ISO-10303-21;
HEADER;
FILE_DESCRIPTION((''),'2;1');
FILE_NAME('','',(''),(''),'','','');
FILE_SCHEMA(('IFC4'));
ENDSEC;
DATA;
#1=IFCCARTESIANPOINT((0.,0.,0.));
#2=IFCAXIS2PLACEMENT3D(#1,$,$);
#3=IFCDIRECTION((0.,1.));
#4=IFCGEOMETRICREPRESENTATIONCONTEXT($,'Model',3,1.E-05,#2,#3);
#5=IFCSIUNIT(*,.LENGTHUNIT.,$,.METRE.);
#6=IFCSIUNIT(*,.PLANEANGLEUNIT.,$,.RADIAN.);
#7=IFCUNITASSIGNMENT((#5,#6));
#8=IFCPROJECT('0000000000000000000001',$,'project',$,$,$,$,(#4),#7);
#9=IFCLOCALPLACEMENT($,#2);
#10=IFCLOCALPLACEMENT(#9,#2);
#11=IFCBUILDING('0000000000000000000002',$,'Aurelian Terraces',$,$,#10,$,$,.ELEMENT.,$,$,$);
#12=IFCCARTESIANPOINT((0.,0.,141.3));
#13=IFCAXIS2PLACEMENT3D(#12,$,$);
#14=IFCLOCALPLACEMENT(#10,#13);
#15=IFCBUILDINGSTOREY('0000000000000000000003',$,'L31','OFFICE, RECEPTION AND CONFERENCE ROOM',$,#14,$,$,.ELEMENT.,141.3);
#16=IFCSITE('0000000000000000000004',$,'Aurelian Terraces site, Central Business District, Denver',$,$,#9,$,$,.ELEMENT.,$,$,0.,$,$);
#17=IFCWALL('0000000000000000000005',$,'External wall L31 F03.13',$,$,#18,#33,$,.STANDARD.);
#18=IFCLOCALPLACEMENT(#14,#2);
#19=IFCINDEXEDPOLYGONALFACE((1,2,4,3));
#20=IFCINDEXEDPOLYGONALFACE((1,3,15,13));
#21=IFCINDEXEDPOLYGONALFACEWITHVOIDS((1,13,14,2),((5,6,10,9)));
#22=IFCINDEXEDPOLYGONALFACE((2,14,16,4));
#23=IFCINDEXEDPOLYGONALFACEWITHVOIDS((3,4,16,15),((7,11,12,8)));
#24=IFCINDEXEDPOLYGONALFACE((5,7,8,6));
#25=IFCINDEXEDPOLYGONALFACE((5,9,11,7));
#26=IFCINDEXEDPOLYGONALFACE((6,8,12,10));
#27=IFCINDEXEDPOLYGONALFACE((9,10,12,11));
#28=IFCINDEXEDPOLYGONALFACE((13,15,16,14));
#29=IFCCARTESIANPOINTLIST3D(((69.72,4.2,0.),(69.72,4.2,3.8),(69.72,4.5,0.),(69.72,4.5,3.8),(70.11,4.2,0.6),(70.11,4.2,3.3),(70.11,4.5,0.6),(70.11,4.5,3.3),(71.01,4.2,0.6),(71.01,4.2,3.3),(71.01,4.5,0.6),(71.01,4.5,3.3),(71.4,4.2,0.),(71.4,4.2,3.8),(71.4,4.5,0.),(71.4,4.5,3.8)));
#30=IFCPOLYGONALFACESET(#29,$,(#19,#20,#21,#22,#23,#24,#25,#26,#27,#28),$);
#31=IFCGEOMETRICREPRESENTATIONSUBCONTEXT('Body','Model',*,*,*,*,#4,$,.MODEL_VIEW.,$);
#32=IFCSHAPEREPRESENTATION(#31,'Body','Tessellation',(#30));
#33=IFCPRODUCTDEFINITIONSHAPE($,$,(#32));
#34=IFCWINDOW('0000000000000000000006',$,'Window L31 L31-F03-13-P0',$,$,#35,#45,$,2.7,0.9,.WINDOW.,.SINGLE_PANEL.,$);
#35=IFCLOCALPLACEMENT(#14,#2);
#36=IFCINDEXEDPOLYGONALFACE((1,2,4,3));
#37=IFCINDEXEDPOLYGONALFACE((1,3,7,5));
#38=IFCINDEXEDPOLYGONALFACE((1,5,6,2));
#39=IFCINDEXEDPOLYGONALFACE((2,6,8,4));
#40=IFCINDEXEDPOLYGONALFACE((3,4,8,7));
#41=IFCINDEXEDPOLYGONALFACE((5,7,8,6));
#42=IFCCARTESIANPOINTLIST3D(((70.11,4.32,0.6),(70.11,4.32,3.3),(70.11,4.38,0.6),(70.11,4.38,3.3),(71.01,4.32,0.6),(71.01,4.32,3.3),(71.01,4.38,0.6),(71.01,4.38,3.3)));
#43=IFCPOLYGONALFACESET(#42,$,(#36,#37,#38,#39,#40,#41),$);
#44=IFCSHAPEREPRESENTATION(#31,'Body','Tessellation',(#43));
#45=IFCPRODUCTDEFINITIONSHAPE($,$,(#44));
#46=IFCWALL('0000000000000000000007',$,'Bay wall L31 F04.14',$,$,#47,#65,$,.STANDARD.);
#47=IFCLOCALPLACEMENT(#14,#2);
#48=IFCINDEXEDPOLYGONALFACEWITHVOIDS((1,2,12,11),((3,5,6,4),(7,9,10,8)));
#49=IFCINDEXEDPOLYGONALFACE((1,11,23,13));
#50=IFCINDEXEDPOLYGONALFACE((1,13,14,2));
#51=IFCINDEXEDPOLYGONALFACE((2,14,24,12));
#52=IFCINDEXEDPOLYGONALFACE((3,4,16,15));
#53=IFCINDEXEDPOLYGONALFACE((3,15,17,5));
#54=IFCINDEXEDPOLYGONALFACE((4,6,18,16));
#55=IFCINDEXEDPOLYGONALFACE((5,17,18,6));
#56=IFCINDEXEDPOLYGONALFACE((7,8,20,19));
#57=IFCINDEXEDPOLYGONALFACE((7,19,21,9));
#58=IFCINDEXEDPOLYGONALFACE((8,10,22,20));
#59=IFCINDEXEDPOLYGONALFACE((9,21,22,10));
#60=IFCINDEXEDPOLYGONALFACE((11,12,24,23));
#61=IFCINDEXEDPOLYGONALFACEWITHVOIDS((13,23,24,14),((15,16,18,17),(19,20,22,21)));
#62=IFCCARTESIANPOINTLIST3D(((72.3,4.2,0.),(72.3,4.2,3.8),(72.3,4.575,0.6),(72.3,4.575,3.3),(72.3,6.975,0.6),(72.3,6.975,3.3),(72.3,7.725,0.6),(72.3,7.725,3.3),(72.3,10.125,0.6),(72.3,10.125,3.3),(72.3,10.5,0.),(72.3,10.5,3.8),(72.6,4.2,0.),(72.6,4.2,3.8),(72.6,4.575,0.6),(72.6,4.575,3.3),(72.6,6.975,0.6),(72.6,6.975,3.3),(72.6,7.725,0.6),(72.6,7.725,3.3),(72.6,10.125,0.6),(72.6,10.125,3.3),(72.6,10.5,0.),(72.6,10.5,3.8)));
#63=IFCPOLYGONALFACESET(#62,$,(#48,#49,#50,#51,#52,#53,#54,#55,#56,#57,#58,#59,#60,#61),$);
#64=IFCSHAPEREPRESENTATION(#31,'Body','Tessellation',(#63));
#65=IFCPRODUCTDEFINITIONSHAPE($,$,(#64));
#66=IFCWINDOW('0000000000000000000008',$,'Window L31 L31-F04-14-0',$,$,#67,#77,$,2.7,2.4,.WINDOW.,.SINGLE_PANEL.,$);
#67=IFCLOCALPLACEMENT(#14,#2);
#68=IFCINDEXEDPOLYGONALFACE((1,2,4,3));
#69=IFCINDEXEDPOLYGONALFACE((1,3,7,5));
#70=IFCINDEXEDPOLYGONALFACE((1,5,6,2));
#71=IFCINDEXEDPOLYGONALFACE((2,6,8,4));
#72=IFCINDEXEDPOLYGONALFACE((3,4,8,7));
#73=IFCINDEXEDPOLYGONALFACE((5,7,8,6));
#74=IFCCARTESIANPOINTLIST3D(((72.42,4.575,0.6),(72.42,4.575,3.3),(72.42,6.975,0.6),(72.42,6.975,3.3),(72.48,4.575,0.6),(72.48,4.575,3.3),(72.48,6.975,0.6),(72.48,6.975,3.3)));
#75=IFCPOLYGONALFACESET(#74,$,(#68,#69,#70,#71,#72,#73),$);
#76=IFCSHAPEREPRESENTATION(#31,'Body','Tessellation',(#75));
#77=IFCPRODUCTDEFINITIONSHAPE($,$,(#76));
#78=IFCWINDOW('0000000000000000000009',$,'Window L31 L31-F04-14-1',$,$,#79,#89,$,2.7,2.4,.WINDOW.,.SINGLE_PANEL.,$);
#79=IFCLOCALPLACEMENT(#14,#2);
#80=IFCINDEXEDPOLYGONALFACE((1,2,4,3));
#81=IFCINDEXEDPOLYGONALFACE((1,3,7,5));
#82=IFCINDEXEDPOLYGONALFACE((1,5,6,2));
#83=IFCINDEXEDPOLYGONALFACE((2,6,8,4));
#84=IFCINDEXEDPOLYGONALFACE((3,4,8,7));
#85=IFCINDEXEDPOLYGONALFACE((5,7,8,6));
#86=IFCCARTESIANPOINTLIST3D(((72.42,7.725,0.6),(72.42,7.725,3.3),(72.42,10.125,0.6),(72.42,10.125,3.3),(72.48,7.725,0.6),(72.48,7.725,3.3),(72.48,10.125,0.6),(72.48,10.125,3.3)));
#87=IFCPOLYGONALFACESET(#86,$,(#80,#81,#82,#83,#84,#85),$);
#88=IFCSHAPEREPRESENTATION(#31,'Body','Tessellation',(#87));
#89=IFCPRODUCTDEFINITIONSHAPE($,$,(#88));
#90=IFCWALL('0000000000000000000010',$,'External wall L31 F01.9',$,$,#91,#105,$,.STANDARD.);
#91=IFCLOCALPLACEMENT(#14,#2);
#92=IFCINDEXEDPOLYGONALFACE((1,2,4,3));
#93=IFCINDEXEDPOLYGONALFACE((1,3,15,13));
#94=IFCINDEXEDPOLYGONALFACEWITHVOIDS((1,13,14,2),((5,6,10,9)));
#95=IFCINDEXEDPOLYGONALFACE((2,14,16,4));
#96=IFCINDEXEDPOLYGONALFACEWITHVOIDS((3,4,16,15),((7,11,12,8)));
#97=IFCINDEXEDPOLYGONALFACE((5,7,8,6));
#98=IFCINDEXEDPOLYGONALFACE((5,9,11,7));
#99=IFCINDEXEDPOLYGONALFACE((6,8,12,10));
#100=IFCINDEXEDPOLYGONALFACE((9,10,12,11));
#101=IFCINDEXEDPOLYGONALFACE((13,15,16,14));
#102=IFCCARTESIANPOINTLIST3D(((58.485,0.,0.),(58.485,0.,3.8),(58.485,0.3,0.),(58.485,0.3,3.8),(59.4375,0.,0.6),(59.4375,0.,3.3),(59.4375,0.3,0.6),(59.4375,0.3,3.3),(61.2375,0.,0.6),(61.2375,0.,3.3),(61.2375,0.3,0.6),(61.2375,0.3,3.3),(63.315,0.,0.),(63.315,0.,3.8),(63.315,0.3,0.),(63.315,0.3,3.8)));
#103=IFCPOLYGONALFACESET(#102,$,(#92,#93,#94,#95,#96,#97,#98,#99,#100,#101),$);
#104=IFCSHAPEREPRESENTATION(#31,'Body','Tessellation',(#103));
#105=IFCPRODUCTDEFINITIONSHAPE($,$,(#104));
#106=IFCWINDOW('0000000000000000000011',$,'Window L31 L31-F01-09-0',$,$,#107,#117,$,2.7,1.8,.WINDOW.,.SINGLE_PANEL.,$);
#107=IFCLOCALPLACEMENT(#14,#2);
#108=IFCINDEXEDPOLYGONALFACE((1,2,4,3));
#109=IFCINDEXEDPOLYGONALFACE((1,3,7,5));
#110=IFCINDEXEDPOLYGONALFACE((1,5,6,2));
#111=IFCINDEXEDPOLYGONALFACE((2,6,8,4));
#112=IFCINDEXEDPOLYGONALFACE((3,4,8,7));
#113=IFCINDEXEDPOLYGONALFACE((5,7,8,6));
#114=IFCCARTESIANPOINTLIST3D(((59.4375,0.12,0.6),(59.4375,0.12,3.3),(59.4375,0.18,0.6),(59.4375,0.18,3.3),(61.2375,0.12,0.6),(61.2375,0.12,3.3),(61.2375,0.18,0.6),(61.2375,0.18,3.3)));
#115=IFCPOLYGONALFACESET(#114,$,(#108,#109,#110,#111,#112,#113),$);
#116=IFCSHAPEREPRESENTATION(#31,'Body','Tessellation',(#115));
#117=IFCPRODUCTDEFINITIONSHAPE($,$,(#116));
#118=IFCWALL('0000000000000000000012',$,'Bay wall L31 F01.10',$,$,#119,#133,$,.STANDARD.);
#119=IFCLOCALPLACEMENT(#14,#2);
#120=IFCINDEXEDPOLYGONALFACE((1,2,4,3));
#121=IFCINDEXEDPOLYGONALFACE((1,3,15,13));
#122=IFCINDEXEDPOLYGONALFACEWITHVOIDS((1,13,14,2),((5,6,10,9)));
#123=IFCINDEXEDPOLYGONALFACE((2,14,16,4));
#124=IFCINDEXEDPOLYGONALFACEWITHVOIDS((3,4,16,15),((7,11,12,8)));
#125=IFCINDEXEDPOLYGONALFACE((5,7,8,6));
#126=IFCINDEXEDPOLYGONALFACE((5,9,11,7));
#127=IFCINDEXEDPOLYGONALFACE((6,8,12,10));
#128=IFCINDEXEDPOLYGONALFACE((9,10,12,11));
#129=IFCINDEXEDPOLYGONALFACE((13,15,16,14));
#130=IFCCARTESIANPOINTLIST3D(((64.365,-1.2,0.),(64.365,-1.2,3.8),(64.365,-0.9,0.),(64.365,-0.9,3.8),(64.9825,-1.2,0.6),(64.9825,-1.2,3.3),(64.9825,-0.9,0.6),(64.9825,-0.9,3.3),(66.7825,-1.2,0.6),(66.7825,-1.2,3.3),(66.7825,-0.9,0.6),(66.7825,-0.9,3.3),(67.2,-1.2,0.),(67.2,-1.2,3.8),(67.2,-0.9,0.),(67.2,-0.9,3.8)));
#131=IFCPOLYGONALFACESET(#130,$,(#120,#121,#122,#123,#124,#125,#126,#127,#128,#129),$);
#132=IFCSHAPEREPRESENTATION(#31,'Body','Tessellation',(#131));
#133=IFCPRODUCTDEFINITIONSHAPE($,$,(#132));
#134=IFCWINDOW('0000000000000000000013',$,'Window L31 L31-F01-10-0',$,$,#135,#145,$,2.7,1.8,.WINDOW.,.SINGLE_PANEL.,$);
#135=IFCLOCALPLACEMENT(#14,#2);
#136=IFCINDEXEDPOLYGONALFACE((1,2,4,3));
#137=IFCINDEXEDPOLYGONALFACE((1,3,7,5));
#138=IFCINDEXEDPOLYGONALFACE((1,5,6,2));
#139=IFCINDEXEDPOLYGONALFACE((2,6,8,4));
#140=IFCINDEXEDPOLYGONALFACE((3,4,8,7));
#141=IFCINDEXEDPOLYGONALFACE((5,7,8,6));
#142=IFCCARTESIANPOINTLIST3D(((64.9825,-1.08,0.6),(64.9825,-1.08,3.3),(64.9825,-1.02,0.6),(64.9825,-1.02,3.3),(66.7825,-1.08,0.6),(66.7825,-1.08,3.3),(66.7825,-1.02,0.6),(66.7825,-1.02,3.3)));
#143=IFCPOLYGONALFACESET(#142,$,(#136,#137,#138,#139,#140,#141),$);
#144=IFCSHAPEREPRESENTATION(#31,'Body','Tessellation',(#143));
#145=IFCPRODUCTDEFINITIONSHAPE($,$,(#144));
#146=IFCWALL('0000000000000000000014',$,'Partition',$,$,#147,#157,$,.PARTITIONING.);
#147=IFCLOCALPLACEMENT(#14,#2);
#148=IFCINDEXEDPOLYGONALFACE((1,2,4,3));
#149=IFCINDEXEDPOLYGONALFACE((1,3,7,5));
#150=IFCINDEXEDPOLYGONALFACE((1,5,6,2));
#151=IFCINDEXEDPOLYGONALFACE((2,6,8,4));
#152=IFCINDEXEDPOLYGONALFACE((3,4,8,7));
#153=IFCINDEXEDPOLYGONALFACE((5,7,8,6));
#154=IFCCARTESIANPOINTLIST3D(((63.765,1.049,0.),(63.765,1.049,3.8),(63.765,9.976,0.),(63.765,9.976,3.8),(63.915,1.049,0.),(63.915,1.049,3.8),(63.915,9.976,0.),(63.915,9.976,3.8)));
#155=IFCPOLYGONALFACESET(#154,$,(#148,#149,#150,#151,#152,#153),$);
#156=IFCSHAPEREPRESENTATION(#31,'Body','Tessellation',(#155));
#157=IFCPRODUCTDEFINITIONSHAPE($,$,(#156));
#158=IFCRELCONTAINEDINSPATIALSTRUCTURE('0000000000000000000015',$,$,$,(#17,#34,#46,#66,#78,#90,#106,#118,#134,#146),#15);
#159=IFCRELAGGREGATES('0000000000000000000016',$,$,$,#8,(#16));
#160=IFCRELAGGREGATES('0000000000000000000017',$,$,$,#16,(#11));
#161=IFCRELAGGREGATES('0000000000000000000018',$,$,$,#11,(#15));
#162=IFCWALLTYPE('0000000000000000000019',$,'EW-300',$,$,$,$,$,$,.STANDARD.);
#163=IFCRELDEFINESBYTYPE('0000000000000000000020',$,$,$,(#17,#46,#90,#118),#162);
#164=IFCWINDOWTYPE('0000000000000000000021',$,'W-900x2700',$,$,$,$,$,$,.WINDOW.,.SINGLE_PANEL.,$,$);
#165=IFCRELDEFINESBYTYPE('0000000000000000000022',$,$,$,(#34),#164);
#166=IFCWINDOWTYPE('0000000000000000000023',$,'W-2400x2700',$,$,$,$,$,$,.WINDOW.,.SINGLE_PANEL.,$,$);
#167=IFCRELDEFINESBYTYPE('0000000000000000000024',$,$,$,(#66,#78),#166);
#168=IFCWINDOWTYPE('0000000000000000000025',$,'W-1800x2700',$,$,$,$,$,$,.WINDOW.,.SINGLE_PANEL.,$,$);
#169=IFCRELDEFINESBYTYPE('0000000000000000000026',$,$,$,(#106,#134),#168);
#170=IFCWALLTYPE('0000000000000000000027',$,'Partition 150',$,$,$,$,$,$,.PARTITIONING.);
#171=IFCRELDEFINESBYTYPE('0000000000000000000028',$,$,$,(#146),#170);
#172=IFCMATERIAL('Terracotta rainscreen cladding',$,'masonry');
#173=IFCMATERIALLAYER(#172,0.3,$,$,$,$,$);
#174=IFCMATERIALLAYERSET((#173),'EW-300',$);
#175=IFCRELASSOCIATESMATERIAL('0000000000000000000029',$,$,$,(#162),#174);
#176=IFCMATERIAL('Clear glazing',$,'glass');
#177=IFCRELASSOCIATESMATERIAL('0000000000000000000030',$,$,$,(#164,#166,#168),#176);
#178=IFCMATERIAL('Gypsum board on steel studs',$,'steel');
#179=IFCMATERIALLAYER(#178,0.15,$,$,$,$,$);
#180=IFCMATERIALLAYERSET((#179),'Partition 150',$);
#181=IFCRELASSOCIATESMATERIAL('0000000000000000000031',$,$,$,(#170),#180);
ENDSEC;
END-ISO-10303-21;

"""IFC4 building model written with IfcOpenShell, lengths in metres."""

from ifc_helpers import new_model, si_unit, direction, frame, frame_2d, origin, place, context, subcontext, project, spatial, rectangle, extrude, source, transform, mapped, material, layer, layer_set, type_object, element, fill, save


model = new_model("IFC4")

# Units and contexts
model_context = context("Model", 3, precision=1e-05, world=origin(), true_north=direction((0.0, 1.0)))
body_context = subcontext(model_context, "Body", "Model", "MODEL_VIEW")
ifc_project = project(units=[si_unit("LENGTHUNIT", "METRE"), si_unit("PLANEANGLEUNIT", "RADIAN")], contexts=[model_context])

# Site, building, storey
site_placement = place(None, origin())
site = spatial("IfcSite", under=ifc_project, at=site_placement, Name="Aurelian Terraces site, Central Business District, Denver", CompositionType="ELEMENT", RefElevation=0.0)
building_placement = place(site_placement, origin())
building = spatial("IfcBuilding", under=site, at=building_placement, Name="Aurelian Terraces", CompositionType="ELEMENT")
storey_placement = place(building_placement, frame((0.0, 0.0, 141.3)))
storey = spatial("IfcBuildingStorey", under=building, at=storey_placement, Name="L31", Description="OFFICE, RECEPTION AND CONFERENCE ROOM", CompositionType="ELEMENT", Elevation=141.3)

# Shared definitions
ifc_material_1 = material(Name="Terracotta rainscreen cladding", Category="masonry")
ifc_layer_1 = layer(ifc_material_1, 0.3)
ifc_layer_set_1 = layer_set([ifc_layer_1], Name="EW-300")
wall_type_1 = type_object("IfcWallType", Name="EW-300", PredefinedType="STANDARD", material=ifc_layer_set_1)
ifc_material_2 = material(Name="Clear glazing", Category="glass")

# Wall, opening, window
shared_shape_1 = source(origin(), body_context, "Body", "SweptSolid", [
    extrude(rectangle(XDim=1.68, YDim=0.3, at=frame_2d((0.84, 0.0))), origin(), (0.0, 0.0, 1.0), 3.8),
])
wall_1_placement = place(storey_placement, frame((69.72, 4.35, 0.0), z_axis=(0.0, 0.0, 1.0), x_axis=(1.0, 0.0, 0.0)))
wall_1 = element("IfcWall", 1, at=wall_1_placement, inside=storey, type_object=wall_type_1, Name="External wall L31 F03.13", PredefinedType="STANDARD", context=body_context, shape_type="MappedRepresentation", body=[
    mapped(shared_shape_1, transform((0.0, 0.0, 0.0), scale=1.0)),
])
shared_shape_2 = source(origin(), body_context, "Body", "SweptSolid", [
    extrude(rectangle(XDim=0.9, YDim=2.7, at=frame_2d((0.45, 1.35))), frame((0.0, 0.16, 0.0), z_axis=(0.0, -1.0, 0.0), x_axis=(1.0, 0.0, 0.0)), (0.0, 0.0, 1.0), 0.32),
])
opening_1_placement = place(wall_1_placement, frame((0.39, 0.0, 0.6)))
opening_1 = element("IfcOpeningElement", 2, at=opening_1_placement, cuts=wall_1, PredefinedType="OPENING", context=body_context, shape_type="MappedRepresentation", body=[
    mapped(shared_shape_2, transform((0.0, 0.0, 0.0), scale=1.0)),
])
window_type_1 = type_object("IfcWindowType", Name="W-900x2700", PartitioningType="SINGLE_PANEL", PredefinedType="WINDOW", material=ifc_material_2)
shared_shape_3 = source(origin(), body_context, "Body", "SweptSolid", [
    extrude(rectangle(XDim=0.9, YDim=2.7, at=frame_2d((0.45, 1.35))), frame((0.0, 0.03, 0.0), z_axis=(0.0, -1.0, 0.0), x_axis=(1.0, 0.0, 0.0)), (0.0, 0.0, 1.0), 0.06),
])
window_1_placement = place(opening_1_placement, origin())
window_1 = element("IfcWindow", 3, at=window_1_placement, inside=storey, type_object=window_type_1, Name="Window L31 L31-F03-13-P0", OverallHeight=2.7, OverallWidth=0.9, PartitioningType="SINGLE_PANEL", PredefinedType="WINDOW", context=body_context, shape_type="MappedRepresentation", body=[
    mapped(shared_shape_3, transform((0.0, 0.0, 0.0), scale=1.0)),
])
fill(opening_1, window_1)

# Wall, openings, windows
shared_shape_4 = source(origin(), body_context, "Body", "SweptSolid", [
    extrude(rectangle(XDim=6.3, YDim=0.3, at=frame_2d((3.15, 0.0))), origin(), (0.0, 0.0, 1.0), 3.8),
])
wall_2_placement = place(storey_placement, frame((72.45, 4.2, 0.0), z_axis=(0.0, 0.0, 1.0), x_axis=(0.0, 1.0, 0.0)))
wall_2 = element("IfcWall", 4, at=wall_2_placement, inside=storey, type_object=wall_type_1, Name="Bay wall L31 F04.14", PredefinedType="STANDARD", context=body_context, shape_type="MappedRepresentation", body=[
    mapped(shared_shape_4, transform((0.0, 0.0, 0.0), scale=1.0)),
])
shared_shape_5 = source(origin(), body_context, "Body", "SweptSolid", [
    extrude(rectangle(XDim=2.4, YDim=2.7, at=frame_2d((1.2, 1.35))), frame((0.0, 0.16, 0.0), z_axis=(0.0, -1.0, 0.0), x_axis=(1.0, 0.0, 0.0)), (0.0, 0.0, 1.0), 0.32),
])
opening_2_placement = place(wall_2_placement, frame((0.375, 0.0, 0.6)))
opening_2 = element("IfcOpeningElement", 5, at=opening_2_placement, cuts=wall_2, PredefinedType="OPENING", context=body_context, shape_type="MappedRepresentation", body=[
    mapped(shared_shape_5, transform((0.0, 0.0, 0.0), scale=1.0)),
])
opening_3_placement = place(wall_2_placement, frame((3.525, 0.0, 0.6)))
opening_3 = element("IfcOpeningElement", 6, at=opening_3_placement, cuts=wall_2, PredefinedType="OPENING", context=body_context, shape_type="MappedRepresentation", body=[
    mapped(shared_shape_5, transform((0.0, 0.0, 0.0), scale=1.0)),
])
window_type_2 = type_object("IfcWindowType", Name="W-2400x2700", PartitioningType="SINGLE_PANEL", PredefinedType="WINDOW", material=ifc_material_2)
shared_shape_6 = source(origin(), body_context, "Body", "SweptSolid", [
    extrude(rectangle(XDim=2.4, YDim=2.7, at=frame_2d((1.2, 1.35))), frame((0.0, 0.03, 0.0), z_axis=(0.0, -1.0, 0.0), x_axis=(1.0, 0.0, 0.0)), (0.0, 0.0, 1.0), 0.06),
])
window_2_placement = place(opening_2_placement, origin())
window_2 = element("IfcWindow", 7, at=window_2_placement, inside=storey, type_object=window_type_2, Name="Window L31 L31-F04-14-0", OverallHeight=2.7, OverallWidth=2.4, PartitioningType="SINGLE_PANEL", PredefinedType="WINDOW", context=body_context, shape_type="MappedRepresentation", body=[
    mapped(shared_shape_6, transform((0.0, 0.0, 0.0), scale=1.0)),
])
fill(opening_2, window_2)
window_3_placement = place(opening_3_placement, origin())
window_3 = element("IfcWindow", 8, at=window_3_placement, inside=storey, type_object=window_type_2, Name="Window L31 L31-F04-14-1", OverallHeight=2.7, OverallWidth=2.4, PartitioningType="SINGLE_PANEL", PredefinedType="WINDOW", context=body_context, shape_type="MappedRepresentation", body=[
    mapped(shared_shape_6, transform((0.0, 0.0, 0.0), scale=1.0)),
])
fill(opening_3, window_3)

# Walls, openings, windows
shared_shape_7 = source(origin(), body_context, "Body", "SweptSolid", [
    extrude(rectangle(XDim=4.83, YDim=0.3, at=frame_2d((2.415, 0.0))), origin(), (0.0, 0.0, 1.0), 3.8),
])
wall_3_placement = place(storey_placement, frame((58.485, 0.15, 0.0), z_axis=(0.0, 0.0, 1.0), x_axis=(1.0, 0.0, 0.0)))
wall_3 = element("IfcWall", 9, at=wall_3_placement, inside=storey, type_object=wall_type_1, Name="External wall L31 F01.9", PredefinedType="STANDARD", context=body_context, shape_type="MappedRepresentation", body=[
    mapped(shared_shape_7, transform((0.0, 0.0, 0.0), scale=1.0)),
])
shared_shape_8 = source(origin(), body_context, "Body", "SweptSolid", [
    extrude(rectangle(XDim=1.8, YDim=2.7, at=frame_2d((0.9, 1.35))), frame((0.0, 0.16, 0.0), z_axis=(0.0, -1.0, 0.0), x_axis=(1.0, 0.0, 0.0)), (0.0, 0.0, 1.0), 0.32),
])
opening_4_placement = place(wall_3_placement, frame((0.9525, 0.0, 0.6)))
opening_4 = element("IfcOpeningElement", 10, at=opening_4_placement, cuts=wall_3, PredefinedType="OPENING", context=body_context, shape_type="MappedRepresentation", body=[
    mapped(shared_shape_8, transform((0.0, 0.0, 0.0), scale=1.0)),
])
window_type_3 = type_object("IfcWindowType", Name="W-1800x2700", PartitioningType="SINGLE_PANEL", PredefinedType="WINDOW", material=ifc_material_2)
shared_shape_9 = source(origin(), body_context, "Body", "SweptSolid", [
    extrude(rectangle(XDim=1.8, YDim=2.7, at=frame_2d((0.9, 1.35))), frame((0.0, 0.03, 0.0), z_axis=(0.0, -1.0, 0.0), x_axis=(1.0, 0.0, 0.0)), (0.0, 0.0, 1.0), 0.06),
])
window_4_placement = place(opening_4_placement, origin())
window_4 = element("IfcWindow", 11, at=window_4_placement, inside=storey, type_object=window_type_3, Name="Window L31 L31-F01-09-0", OverallHeight=2.7, OverallWidth=1.8, PartitioningType="SINGLE_PANEL", PredefinedType="WINDOW", context=body_context, shape_type="MappedRepresentation", body=[
    mapped(shared_shape_9, transform((0.0, 0.0, 0.0), scale=1.0)),
])
fill(opening_4, window_4)
shared_shape_10 = source(origin(), body_context, "Body", "SweptSolid", [
    extrude(rectangle(XDim=2.835, YDim=0.3, at=frame_2d((1.4175, 0.0))), origin(), (0.0, 0.0, 1.0), 3.8),
])
wall_4_placement = place(storey_placement, frame((64.365, -1.05, 0.0), z_axis=(0.0, 0.0, 1.0), x_axis=(1.0, 0.0, 0.0)))
wall_4 = element("IfcWall", 12, at=wall_4_placement, inside=storey, type_object=wall_type_1, Name="Bay wall L31 F01.10", PredefinedType="STANDARD", context=body_context, shape_type="MappedRepresentation", body=[
    mapped(shared_shape_10, transform((0.0, 0.0, 0.0), scale=1.0)),
])
opening_5_placement = place(wall_4_placement, frame((0.6175, 0.0, 0.6)))
opening_5 = element("IfcOpeningElement", 13, at=opening_5_placement, cuts=wall_4, PredefinedType="OPENING", context=body_context, shape_type="MappedRepresentation", body=[
    mapped(shared_shape_8, transform((0.0, 0.0, 0.0), scale=1.0)),
])
window_5_placement = place(opening_5_placement, origin())
window_5 = element("IfcWindow", 14, at=window_5_placement, inside=storey, type_object=window_type_3, Name="Window L31 L31-F01-10-0", OverallHeight=2.7, OverallWidth=1.8, PartitioningType="SINGLE_PANEL", PredefinedType="WINDOW", context=body_context, shape_type="MappedRepresentation", body=[
    mapped(shared_shape_9, transform((0.0, 0.0, 0.0), scale=1.0)),
])
fill(opening_5, window_5)

# Wall
ifc_material_3 = material(Name="Gypsum board on steel studs", Category="steel")
ifc_layer_2 = layer(ifc_material_3, 0.15)
ifc_layer_set_2 = layer_set([ifc_layer_2], Name="Partition 150")
wall_type_2 = type_object("IfcWallType", Name="Partition 150", PredefinedType="PARTITIONING", material=ifc_layer_set_2)
shared_shape_11 = source(origin(), body_context, "Body", "SweptSolid", [
    extrude(rectangle(XDim=8.927, YDim=0.15, at=frame_2d((4.4635, 0.0))), origin(), (0.0, 0.0, 1.0), 3.8),
])
for number, where, z_axis, x_axis, name in (
    (15, (63.84, 1.049, 0.0), (0.0, 0.0, 1.0), (0.0, 1.0, 0.0), "Partition"),
):
    element("IfcWall", number, at=place(storey_placement, frame(where, z_axis=z_axis, x_axis=x_axis)), inside=storey, type_object=wall_type_2, Name=name, PredefinedType="PARTITIONING", context=body_context, shape_type="MappedRepresentation", body=[
        mapped(shared_shape_11, transform((0.0, 0.0, 0.0), scale=1.0)),
    ])

save(model, "model.ifc")
